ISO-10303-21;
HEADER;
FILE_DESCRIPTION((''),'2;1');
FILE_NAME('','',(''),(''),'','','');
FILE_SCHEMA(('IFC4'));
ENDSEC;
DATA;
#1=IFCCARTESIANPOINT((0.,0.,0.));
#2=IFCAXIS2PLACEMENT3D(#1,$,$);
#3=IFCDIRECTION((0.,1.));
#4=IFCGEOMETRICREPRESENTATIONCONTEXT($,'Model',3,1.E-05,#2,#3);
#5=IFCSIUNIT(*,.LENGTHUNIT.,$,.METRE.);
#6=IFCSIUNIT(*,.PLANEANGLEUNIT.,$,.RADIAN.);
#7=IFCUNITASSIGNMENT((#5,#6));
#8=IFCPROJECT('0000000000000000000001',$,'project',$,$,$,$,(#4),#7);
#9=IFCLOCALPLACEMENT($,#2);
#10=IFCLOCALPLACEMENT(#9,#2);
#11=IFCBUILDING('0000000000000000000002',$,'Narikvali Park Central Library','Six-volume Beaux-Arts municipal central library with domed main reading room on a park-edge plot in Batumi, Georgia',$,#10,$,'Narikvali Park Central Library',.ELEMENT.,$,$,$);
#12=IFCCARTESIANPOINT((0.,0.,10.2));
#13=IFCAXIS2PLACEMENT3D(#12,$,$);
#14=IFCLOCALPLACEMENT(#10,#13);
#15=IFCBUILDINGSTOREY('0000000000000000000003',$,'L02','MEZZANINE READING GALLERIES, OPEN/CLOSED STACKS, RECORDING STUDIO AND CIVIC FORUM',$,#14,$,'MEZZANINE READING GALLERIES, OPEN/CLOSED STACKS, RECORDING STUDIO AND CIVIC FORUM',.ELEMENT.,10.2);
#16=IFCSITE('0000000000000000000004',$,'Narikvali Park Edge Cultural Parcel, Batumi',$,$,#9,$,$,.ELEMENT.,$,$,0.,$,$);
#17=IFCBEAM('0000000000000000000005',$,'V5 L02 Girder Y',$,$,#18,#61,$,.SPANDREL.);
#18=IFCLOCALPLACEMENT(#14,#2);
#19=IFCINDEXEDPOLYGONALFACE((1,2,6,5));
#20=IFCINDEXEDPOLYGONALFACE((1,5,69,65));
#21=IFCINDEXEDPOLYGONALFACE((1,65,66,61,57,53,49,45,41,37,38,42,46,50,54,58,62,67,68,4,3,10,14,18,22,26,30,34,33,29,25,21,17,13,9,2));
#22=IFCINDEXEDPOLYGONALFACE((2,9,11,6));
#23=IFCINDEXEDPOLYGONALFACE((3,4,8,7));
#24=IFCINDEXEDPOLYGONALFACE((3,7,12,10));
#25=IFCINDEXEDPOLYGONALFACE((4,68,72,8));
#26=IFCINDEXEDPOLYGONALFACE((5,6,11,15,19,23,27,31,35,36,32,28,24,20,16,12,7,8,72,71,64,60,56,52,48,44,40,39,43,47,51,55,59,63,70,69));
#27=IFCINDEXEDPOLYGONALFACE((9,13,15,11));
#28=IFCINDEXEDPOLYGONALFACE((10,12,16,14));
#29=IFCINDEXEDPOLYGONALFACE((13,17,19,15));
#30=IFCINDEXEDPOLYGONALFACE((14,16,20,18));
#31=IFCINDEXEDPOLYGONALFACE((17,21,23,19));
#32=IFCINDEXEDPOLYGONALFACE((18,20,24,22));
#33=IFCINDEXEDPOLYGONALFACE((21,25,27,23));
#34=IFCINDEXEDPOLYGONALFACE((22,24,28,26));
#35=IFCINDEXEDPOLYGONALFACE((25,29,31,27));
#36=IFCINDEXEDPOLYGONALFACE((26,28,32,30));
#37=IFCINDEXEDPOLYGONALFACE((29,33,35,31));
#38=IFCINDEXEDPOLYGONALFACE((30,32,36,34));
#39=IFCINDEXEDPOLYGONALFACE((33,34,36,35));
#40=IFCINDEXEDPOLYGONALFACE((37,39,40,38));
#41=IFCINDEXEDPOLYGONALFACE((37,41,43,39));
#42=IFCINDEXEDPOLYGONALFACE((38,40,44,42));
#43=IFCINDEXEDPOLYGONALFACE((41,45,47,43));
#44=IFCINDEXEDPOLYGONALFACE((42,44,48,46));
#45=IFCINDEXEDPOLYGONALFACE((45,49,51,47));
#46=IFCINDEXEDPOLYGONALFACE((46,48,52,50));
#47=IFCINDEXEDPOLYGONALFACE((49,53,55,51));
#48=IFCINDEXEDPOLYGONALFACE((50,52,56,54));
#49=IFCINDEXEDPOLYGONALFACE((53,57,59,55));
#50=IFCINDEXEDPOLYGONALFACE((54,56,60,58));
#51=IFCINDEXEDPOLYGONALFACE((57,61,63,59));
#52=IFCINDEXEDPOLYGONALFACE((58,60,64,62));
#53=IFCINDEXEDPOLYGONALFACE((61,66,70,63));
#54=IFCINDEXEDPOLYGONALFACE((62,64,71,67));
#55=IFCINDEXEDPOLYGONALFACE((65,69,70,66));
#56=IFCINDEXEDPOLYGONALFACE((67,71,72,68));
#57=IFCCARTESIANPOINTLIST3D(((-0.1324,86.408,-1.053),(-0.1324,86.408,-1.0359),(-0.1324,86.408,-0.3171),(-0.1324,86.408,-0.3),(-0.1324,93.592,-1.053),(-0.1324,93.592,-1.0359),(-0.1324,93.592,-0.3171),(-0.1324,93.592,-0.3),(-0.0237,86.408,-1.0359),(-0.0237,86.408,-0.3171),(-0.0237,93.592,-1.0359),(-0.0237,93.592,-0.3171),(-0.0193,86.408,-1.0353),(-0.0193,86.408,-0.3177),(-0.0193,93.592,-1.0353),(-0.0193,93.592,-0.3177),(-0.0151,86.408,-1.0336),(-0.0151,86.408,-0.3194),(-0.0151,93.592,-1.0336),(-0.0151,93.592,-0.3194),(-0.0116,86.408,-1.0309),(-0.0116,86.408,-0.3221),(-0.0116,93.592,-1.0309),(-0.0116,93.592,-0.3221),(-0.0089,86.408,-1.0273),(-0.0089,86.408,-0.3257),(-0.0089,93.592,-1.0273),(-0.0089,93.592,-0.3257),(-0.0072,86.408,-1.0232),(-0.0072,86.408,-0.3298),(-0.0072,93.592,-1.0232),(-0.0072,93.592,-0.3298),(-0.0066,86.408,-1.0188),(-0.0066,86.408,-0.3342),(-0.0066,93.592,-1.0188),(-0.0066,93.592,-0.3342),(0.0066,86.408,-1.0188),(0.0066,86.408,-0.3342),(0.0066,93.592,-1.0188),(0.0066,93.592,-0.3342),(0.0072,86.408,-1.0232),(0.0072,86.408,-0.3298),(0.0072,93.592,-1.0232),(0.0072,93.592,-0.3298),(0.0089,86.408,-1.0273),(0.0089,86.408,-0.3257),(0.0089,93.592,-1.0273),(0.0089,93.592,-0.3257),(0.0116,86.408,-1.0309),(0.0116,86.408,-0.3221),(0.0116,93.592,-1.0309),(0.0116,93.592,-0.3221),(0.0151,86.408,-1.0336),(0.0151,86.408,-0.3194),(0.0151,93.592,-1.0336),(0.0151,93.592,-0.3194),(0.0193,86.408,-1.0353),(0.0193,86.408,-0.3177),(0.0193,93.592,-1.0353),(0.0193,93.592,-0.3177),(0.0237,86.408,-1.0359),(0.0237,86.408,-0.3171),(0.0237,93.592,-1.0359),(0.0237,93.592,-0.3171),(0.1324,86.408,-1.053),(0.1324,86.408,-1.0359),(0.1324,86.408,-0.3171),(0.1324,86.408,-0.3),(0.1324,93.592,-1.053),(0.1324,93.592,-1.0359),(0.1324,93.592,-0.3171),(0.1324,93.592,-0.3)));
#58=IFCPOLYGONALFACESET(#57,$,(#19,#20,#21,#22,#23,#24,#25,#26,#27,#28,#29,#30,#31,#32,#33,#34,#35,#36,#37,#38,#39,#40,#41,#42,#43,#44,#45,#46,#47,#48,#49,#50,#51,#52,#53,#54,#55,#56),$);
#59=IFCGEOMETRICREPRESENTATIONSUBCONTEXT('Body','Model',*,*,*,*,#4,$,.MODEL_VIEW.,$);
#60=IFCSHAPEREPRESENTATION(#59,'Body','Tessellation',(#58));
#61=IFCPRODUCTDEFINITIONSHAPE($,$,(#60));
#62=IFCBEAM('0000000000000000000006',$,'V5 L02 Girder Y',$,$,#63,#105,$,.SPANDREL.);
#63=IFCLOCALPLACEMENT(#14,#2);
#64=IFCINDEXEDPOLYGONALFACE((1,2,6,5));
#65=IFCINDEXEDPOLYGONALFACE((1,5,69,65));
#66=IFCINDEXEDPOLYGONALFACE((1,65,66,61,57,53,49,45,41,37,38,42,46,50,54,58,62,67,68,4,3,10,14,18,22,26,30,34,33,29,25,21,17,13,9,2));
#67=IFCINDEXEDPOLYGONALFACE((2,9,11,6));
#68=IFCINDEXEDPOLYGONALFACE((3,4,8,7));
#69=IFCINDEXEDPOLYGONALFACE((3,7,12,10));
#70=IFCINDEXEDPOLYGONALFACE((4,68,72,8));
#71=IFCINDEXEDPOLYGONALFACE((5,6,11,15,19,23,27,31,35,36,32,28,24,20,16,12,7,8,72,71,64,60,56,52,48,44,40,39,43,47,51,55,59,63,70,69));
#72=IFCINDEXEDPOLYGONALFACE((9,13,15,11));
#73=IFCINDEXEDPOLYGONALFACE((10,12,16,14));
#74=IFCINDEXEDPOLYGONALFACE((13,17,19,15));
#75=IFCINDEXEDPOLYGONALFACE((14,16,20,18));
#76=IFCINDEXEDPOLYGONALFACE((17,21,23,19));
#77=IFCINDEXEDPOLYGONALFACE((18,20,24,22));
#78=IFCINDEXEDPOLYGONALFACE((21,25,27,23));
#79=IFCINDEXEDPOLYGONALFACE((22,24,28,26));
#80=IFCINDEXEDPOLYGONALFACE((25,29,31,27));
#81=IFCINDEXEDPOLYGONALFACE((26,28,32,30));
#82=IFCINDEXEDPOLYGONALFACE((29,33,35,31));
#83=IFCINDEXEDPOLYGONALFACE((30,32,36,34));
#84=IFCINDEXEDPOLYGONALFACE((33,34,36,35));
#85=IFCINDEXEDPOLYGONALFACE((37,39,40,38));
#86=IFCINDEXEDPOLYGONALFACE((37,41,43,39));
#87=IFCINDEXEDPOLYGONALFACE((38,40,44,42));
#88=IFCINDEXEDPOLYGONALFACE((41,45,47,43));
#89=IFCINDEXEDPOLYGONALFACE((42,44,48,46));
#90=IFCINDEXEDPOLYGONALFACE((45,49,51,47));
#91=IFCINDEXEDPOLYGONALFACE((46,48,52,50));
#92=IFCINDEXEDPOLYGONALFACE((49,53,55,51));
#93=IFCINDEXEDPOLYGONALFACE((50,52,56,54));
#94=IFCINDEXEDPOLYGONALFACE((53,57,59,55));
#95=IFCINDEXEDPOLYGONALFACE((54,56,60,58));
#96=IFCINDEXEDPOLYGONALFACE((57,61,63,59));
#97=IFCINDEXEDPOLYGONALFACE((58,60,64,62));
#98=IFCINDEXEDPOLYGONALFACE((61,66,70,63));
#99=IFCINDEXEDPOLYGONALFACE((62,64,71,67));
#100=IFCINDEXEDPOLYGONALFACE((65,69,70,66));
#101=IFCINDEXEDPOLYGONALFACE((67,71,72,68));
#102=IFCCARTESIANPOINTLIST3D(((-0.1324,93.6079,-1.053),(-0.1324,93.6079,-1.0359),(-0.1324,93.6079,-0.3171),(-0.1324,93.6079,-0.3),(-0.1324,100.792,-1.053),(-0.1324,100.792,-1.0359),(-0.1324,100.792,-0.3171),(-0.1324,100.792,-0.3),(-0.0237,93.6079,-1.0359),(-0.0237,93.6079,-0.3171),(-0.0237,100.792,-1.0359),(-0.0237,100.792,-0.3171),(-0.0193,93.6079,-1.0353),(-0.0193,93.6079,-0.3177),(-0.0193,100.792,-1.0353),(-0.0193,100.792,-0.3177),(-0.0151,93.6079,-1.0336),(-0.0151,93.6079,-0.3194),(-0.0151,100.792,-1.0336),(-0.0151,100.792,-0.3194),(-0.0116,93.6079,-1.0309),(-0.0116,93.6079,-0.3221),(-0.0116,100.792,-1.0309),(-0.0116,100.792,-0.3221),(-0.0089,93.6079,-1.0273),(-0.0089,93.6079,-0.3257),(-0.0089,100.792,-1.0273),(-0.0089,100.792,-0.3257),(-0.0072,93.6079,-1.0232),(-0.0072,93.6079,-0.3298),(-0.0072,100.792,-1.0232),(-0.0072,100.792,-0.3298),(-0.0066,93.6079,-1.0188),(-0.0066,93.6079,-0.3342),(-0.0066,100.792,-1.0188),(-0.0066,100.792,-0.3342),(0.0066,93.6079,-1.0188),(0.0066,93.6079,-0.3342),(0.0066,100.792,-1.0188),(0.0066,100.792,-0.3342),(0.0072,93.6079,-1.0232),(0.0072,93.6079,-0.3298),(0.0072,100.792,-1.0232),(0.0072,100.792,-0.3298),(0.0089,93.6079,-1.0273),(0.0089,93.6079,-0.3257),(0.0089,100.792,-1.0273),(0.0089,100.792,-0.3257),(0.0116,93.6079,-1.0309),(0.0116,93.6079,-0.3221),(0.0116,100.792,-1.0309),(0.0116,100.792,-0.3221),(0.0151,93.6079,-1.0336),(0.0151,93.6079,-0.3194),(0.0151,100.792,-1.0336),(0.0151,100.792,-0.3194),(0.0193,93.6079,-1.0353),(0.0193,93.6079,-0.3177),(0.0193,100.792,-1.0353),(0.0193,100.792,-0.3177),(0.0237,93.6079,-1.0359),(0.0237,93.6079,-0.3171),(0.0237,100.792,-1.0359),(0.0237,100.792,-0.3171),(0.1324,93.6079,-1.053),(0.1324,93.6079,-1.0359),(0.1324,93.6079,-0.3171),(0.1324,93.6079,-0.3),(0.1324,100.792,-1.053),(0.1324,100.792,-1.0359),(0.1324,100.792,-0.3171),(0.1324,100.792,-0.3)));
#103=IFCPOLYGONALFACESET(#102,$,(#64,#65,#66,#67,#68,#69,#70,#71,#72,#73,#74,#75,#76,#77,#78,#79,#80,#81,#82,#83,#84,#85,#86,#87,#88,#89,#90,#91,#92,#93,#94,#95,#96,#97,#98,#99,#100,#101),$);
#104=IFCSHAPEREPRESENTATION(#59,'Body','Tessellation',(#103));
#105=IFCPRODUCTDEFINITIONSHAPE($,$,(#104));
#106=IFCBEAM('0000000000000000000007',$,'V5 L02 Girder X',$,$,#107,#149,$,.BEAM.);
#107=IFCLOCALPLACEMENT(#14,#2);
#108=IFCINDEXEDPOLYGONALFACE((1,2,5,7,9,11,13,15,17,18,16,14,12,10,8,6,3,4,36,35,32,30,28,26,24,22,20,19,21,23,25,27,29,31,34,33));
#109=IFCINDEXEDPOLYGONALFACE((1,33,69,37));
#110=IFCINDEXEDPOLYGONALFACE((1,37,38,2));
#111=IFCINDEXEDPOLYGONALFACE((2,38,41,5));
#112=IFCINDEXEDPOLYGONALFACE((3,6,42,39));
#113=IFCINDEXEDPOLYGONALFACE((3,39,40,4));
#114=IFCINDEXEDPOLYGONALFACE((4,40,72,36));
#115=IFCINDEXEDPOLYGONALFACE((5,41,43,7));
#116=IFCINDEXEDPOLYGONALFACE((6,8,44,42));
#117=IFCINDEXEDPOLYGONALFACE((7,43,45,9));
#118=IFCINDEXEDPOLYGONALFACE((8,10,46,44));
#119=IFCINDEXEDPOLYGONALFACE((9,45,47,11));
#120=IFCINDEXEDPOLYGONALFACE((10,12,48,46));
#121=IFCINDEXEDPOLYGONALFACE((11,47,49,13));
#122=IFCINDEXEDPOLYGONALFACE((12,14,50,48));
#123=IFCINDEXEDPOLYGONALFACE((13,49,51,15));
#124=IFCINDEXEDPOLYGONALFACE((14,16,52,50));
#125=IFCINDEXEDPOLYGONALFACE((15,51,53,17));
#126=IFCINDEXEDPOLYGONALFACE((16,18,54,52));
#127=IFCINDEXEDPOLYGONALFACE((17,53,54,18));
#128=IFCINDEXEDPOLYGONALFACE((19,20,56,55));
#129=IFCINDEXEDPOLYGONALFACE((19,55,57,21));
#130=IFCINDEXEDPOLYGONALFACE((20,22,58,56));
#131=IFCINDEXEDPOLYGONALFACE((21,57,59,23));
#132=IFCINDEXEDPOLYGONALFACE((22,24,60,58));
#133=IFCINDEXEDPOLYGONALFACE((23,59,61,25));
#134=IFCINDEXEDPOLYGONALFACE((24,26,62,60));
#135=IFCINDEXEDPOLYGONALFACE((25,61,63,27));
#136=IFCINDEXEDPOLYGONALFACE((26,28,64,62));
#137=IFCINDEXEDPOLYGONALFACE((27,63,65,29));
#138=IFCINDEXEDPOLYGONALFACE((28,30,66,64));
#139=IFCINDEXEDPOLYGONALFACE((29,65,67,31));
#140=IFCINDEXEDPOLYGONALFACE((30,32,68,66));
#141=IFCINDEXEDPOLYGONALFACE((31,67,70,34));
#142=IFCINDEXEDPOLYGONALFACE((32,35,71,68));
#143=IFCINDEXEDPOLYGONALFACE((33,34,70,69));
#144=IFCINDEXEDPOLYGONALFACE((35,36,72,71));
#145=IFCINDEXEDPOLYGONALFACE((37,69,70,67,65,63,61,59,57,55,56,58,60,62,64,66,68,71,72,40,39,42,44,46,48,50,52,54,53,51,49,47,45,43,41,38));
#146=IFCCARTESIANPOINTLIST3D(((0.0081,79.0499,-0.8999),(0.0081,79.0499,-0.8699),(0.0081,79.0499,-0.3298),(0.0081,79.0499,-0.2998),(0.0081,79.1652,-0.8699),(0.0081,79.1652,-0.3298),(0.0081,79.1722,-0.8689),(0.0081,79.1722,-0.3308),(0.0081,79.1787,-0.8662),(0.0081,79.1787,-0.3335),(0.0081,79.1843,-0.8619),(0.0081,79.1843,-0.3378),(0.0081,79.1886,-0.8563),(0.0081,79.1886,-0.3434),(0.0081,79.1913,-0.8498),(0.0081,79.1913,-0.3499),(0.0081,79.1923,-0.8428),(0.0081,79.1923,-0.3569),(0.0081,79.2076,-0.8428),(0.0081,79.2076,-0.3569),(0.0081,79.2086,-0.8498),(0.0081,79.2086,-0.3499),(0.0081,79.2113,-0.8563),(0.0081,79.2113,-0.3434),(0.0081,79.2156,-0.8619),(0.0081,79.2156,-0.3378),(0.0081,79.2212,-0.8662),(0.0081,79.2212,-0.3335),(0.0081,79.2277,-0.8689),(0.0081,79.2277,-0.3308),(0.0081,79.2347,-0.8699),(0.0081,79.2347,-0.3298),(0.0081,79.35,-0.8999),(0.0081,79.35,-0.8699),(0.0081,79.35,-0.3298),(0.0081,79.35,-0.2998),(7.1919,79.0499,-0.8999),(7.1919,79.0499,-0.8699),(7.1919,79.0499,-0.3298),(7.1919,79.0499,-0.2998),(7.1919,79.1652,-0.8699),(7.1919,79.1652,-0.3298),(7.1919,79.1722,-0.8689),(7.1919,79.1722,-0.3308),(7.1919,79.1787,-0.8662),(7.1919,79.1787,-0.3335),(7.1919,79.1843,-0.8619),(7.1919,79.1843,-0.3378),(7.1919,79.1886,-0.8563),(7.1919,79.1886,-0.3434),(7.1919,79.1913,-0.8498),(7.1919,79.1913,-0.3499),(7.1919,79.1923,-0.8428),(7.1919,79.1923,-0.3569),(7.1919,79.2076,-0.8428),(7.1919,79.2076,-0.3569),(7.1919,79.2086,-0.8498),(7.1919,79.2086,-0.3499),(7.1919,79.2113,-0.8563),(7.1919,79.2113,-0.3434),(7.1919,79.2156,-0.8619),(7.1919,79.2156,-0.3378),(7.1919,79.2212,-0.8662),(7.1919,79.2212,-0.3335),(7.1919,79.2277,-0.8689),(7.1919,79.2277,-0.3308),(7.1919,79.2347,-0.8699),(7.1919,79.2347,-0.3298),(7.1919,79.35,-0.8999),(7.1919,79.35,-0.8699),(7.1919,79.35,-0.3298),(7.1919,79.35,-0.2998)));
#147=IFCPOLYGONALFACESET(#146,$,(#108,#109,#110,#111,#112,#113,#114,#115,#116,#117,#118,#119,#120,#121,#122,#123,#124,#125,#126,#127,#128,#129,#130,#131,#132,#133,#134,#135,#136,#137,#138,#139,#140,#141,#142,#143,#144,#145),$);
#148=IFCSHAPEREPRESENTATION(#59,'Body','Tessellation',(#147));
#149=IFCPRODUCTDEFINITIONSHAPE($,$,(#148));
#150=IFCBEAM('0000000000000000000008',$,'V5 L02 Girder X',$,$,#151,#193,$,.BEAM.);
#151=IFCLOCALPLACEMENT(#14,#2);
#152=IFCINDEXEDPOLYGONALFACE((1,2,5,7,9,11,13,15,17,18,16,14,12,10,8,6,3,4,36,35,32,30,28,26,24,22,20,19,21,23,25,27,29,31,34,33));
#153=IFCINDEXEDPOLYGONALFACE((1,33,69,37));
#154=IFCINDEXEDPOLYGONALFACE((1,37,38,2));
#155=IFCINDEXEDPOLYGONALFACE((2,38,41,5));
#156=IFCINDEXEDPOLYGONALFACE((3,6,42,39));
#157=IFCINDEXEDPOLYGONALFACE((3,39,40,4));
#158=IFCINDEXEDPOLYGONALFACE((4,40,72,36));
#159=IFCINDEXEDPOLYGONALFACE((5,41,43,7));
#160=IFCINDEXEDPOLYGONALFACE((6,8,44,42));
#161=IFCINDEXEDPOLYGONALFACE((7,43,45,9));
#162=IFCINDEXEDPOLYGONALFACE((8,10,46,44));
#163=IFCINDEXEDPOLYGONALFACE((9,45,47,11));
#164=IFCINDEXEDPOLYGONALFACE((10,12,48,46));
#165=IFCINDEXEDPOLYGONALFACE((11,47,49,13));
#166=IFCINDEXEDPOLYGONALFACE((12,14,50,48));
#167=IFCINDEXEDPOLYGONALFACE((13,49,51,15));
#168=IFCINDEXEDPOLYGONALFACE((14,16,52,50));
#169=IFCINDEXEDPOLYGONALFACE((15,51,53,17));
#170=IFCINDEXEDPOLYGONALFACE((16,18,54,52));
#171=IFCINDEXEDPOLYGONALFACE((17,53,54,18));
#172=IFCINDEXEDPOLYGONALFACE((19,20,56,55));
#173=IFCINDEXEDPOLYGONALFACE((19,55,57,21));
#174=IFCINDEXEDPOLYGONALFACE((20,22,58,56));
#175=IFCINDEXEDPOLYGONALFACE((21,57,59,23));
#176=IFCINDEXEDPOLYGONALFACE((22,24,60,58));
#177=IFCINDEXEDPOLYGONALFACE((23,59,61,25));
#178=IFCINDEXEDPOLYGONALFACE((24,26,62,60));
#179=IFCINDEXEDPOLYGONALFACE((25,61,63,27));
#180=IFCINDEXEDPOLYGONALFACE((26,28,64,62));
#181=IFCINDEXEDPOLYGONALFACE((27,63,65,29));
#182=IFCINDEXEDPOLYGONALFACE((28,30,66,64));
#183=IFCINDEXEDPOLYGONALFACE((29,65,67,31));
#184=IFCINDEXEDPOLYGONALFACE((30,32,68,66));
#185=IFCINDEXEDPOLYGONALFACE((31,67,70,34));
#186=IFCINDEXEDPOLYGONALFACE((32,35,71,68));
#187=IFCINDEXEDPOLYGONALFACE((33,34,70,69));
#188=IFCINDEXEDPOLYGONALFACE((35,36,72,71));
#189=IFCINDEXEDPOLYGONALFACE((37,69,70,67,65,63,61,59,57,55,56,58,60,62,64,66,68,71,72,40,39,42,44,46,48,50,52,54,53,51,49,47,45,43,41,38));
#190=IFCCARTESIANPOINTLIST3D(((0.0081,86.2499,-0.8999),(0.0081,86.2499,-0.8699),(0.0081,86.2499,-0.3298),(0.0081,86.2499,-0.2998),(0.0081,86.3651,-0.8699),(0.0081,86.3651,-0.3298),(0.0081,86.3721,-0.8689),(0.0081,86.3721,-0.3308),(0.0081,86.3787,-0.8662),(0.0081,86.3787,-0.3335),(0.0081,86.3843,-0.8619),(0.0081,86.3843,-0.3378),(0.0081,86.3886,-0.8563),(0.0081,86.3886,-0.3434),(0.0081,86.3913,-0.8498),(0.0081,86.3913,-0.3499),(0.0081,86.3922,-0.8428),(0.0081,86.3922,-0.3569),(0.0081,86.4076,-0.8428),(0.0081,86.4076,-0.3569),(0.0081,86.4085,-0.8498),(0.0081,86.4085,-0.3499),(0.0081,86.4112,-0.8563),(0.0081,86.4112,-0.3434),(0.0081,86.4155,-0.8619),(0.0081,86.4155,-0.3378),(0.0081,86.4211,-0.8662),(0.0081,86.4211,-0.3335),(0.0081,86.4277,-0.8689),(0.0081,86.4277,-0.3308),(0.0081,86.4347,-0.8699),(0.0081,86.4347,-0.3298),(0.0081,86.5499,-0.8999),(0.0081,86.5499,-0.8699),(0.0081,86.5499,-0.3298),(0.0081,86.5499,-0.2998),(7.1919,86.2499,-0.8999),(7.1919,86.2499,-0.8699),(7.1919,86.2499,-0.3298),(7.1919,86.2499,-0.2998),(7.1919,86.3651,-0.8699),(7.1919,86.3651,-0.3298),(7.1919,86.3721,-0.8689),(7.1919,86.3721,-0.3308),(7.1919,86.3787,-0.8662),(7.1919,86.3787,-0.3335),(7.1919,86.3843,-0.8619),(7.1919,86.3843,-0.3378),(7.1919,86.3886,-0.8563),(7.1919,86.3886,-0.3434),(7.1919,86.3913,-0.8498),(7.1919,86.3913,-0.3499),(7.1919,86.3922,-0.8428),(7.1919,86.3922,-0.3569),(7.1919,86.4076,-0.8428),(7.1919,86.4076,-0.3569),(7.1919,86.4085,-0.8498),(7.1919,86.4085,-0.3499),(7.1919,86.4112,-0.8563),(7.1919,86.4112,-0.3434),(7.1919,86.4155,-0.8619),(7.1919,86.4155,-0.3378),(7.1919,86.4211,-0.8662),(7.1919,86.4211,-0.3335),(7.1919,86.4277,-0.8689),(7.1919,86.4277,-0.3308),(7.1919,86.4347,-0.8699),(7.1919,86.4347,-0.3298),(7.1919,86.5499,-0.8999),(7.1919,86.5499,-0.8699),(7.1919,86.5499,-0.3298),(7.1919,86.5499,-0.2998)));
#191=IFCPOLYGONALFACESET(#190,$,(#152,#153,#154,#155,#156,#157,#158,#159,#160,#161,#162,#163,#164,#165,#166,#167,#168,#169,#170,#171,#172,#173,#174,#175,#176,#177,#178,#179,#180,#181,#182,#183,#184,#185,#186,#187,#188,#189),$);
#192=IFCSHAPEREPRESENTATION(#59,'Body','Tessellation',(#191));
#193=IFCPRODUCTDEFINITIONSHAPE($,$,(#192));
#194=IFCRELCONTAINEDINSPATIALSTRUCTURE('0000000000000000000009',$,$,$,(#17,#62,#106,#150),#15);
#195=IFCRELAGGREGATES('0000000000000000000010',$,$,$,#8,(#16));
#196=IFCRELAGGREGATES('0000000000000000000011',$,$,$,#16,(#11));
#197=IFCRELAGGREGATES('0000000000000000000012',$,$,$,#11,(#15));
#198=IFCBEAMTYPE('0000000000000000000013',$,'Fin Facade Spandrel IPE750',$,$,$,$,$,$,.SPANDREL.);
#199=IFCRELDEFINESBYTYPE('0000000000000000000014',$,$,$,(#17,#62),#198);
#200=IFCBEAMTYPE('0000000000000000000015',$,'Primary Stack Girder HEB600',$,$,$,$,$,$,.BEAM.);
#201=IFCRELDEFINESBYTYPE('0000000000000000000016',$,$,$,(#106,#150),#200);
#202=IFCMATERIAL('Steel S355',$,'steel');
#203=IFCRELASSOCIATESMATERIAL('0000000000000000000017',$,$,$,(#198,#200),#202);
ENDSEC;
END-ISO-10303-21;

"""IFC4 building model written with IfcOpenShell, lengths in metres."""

from ifc_helpers import new_model, si_unit, direction, frame, origin, origin_2d, place, context, subcontext, project, spatial, i_section, extrude, material, material_profile, profile_set, type_object, element, save


model = new_model("IFC4")

# Units and contexts
model_context = context("Model", 3, precision=1e-05, world=origin(), true_north=direction((0.0, 1.0)))
body_context = subcontext(model_context, "Body", "Model", "MODEL_VIEW")
ifc_project = project(units=[si_unit("LENGTHUNIT", "METRE"), si_unit("PLANEANGLEUNIT", "RADIAN")], contexts=[model_context])

# Site, building, storey
site_placement = place(None, origin())
site = spatial("IfcSite", under=ifc_project, at=site_placement, Name="Narikvali Park Edge Cultural Parcel, Batumi", CompositionType="ELEMENT", RefElevation=0.0)
building_placement = place(site_placement, origin())
building = spatial("IfcBuilding", under=site, at=building_placement, Name="Narikvali Park Central Library", Description="Six-volume Beaux-Arts municipal central library with domed main reading room on a park-edge plot in Batumi, Georgia", LongName="Narikvali Park Central Library", CompositionType="ELEMENT")
storey_placement = place(building_placement, frame((0.0, 0.0, 10.2)))
storey = spatial("IfcBuildingStorey", under=building, at=storey_placement, Name="L02", Description="MEZZANINE READING GALLERIES, OPEN/CLOSED STACKS, RECORDING STUDIO AND CIVIC FORUM", LongName="MEZZANINE READING GALLERIES, OPEN/CLOSED STACKS, RECORDING STUDIO AND CIVIC FORUM", CompositionType="ELEMENT", Elevation=10.2)

# Shared definitions
ifc_material_1 = material(Name="Steel S355", Category="steel")

# Beams
ifc_material_profile_1 = material_profile(ifc_material_1, i_section(OverallWidth=0.2649, OverallDepth=0.7529, WebThickness=0.0132, FlangeThickness=0.0171, FilletRadius=0.0171, at=origin_2d()), Name="IPE 750x147")
ifc_profile_set_1 = profile_set([ifc_material_profile_1], Name="Steel S355")
beam_type_1 = type_object("IfcBeamType", Name="Fin Facade Spandrel IPE750", PredefinedType="SPANDREL", material=ifc_profile_set_1)
for number, where, z_axis, x_axis, name in (
    (1, (0.0, 86.408, -0.6765), (0.0, 1.0, 0.0), (-1.0, 0.0, 0.0), "V5 L02 Girder Y"),
    (2, (0.0, 93.6079, -0.6765), (0.0, 1.0, 0.0), (-1.0, 0.0, 0.0), "V5 L02 Girder Y"),
):
    element("IfcBeam", number, at=place(storey_placement, frame(where, z_axis=z_axis, x_axis=x_axis)), inside=storey, type_object=beam_type_1, Name=name, PredefinedType="SPANDREL", context=body_context, shape_type="SweptSolid", body=[
        extrude(i_section(OverallWidth=0.2649, OverallDepth=0.7529, WebThickness=0.0132, FlangeThickness=0.0171, FilletRadius=0.0171, at=origin_2d()), origin(), (0.0, 0.0, 1.0), 7.1841),
    ])
ifc_material_profile_2 = material_profile(ifc_material_1, i_section(OverallWidth=0.3, OverallDepth=0.6001, WebThickness=0.0154, FlangeThickness=0.03, FilletRadius=0.0271, at=origin_2d()), Name="HEB 600")
ifc_profile_set_2 = profile_set([ifc_material_profile_2], Name="Steel S355")
beam_type_2 = type_object("IfcBeamType", Name="Primary Stack Girder HEB600", PredefinedType="BEAM", material=ifc_profile_set_2)
for number, where, z_axis, x_axis, name in (
    (3, (0.0081, 79.2, -0.5999), (1.0, 0.0, 0.0), (0.0, 1.0, 0.0), "V5 L02 Girder X"),
    (4, (0.0081, 86.3999, -0.5999), (1.0, 0.0, 0.0), (0.0, 1.0, 0.0), "V5 L02 Girder X"),
):
    element("IfcBeam", number, at=place(storey_placement, frame(where, z_axis=z_axis, x_axis=x_axis)), inside=storey, type_object=beam_type_2, Name=name, PredefinedType="BEAM", context=body_context, shape_type="SweptSolid", body=[
        extrude(i_section(OverallWidth=0.3, OverallDepth=0.6001, WebThickness=0.0154, FlangeThickness=0.03, FilletRadius=0.0271, at=origin_2d()), origin(), (0.0, 0.0, 1.0), 7.1838),
    ])

save(model, "model.ifc")
